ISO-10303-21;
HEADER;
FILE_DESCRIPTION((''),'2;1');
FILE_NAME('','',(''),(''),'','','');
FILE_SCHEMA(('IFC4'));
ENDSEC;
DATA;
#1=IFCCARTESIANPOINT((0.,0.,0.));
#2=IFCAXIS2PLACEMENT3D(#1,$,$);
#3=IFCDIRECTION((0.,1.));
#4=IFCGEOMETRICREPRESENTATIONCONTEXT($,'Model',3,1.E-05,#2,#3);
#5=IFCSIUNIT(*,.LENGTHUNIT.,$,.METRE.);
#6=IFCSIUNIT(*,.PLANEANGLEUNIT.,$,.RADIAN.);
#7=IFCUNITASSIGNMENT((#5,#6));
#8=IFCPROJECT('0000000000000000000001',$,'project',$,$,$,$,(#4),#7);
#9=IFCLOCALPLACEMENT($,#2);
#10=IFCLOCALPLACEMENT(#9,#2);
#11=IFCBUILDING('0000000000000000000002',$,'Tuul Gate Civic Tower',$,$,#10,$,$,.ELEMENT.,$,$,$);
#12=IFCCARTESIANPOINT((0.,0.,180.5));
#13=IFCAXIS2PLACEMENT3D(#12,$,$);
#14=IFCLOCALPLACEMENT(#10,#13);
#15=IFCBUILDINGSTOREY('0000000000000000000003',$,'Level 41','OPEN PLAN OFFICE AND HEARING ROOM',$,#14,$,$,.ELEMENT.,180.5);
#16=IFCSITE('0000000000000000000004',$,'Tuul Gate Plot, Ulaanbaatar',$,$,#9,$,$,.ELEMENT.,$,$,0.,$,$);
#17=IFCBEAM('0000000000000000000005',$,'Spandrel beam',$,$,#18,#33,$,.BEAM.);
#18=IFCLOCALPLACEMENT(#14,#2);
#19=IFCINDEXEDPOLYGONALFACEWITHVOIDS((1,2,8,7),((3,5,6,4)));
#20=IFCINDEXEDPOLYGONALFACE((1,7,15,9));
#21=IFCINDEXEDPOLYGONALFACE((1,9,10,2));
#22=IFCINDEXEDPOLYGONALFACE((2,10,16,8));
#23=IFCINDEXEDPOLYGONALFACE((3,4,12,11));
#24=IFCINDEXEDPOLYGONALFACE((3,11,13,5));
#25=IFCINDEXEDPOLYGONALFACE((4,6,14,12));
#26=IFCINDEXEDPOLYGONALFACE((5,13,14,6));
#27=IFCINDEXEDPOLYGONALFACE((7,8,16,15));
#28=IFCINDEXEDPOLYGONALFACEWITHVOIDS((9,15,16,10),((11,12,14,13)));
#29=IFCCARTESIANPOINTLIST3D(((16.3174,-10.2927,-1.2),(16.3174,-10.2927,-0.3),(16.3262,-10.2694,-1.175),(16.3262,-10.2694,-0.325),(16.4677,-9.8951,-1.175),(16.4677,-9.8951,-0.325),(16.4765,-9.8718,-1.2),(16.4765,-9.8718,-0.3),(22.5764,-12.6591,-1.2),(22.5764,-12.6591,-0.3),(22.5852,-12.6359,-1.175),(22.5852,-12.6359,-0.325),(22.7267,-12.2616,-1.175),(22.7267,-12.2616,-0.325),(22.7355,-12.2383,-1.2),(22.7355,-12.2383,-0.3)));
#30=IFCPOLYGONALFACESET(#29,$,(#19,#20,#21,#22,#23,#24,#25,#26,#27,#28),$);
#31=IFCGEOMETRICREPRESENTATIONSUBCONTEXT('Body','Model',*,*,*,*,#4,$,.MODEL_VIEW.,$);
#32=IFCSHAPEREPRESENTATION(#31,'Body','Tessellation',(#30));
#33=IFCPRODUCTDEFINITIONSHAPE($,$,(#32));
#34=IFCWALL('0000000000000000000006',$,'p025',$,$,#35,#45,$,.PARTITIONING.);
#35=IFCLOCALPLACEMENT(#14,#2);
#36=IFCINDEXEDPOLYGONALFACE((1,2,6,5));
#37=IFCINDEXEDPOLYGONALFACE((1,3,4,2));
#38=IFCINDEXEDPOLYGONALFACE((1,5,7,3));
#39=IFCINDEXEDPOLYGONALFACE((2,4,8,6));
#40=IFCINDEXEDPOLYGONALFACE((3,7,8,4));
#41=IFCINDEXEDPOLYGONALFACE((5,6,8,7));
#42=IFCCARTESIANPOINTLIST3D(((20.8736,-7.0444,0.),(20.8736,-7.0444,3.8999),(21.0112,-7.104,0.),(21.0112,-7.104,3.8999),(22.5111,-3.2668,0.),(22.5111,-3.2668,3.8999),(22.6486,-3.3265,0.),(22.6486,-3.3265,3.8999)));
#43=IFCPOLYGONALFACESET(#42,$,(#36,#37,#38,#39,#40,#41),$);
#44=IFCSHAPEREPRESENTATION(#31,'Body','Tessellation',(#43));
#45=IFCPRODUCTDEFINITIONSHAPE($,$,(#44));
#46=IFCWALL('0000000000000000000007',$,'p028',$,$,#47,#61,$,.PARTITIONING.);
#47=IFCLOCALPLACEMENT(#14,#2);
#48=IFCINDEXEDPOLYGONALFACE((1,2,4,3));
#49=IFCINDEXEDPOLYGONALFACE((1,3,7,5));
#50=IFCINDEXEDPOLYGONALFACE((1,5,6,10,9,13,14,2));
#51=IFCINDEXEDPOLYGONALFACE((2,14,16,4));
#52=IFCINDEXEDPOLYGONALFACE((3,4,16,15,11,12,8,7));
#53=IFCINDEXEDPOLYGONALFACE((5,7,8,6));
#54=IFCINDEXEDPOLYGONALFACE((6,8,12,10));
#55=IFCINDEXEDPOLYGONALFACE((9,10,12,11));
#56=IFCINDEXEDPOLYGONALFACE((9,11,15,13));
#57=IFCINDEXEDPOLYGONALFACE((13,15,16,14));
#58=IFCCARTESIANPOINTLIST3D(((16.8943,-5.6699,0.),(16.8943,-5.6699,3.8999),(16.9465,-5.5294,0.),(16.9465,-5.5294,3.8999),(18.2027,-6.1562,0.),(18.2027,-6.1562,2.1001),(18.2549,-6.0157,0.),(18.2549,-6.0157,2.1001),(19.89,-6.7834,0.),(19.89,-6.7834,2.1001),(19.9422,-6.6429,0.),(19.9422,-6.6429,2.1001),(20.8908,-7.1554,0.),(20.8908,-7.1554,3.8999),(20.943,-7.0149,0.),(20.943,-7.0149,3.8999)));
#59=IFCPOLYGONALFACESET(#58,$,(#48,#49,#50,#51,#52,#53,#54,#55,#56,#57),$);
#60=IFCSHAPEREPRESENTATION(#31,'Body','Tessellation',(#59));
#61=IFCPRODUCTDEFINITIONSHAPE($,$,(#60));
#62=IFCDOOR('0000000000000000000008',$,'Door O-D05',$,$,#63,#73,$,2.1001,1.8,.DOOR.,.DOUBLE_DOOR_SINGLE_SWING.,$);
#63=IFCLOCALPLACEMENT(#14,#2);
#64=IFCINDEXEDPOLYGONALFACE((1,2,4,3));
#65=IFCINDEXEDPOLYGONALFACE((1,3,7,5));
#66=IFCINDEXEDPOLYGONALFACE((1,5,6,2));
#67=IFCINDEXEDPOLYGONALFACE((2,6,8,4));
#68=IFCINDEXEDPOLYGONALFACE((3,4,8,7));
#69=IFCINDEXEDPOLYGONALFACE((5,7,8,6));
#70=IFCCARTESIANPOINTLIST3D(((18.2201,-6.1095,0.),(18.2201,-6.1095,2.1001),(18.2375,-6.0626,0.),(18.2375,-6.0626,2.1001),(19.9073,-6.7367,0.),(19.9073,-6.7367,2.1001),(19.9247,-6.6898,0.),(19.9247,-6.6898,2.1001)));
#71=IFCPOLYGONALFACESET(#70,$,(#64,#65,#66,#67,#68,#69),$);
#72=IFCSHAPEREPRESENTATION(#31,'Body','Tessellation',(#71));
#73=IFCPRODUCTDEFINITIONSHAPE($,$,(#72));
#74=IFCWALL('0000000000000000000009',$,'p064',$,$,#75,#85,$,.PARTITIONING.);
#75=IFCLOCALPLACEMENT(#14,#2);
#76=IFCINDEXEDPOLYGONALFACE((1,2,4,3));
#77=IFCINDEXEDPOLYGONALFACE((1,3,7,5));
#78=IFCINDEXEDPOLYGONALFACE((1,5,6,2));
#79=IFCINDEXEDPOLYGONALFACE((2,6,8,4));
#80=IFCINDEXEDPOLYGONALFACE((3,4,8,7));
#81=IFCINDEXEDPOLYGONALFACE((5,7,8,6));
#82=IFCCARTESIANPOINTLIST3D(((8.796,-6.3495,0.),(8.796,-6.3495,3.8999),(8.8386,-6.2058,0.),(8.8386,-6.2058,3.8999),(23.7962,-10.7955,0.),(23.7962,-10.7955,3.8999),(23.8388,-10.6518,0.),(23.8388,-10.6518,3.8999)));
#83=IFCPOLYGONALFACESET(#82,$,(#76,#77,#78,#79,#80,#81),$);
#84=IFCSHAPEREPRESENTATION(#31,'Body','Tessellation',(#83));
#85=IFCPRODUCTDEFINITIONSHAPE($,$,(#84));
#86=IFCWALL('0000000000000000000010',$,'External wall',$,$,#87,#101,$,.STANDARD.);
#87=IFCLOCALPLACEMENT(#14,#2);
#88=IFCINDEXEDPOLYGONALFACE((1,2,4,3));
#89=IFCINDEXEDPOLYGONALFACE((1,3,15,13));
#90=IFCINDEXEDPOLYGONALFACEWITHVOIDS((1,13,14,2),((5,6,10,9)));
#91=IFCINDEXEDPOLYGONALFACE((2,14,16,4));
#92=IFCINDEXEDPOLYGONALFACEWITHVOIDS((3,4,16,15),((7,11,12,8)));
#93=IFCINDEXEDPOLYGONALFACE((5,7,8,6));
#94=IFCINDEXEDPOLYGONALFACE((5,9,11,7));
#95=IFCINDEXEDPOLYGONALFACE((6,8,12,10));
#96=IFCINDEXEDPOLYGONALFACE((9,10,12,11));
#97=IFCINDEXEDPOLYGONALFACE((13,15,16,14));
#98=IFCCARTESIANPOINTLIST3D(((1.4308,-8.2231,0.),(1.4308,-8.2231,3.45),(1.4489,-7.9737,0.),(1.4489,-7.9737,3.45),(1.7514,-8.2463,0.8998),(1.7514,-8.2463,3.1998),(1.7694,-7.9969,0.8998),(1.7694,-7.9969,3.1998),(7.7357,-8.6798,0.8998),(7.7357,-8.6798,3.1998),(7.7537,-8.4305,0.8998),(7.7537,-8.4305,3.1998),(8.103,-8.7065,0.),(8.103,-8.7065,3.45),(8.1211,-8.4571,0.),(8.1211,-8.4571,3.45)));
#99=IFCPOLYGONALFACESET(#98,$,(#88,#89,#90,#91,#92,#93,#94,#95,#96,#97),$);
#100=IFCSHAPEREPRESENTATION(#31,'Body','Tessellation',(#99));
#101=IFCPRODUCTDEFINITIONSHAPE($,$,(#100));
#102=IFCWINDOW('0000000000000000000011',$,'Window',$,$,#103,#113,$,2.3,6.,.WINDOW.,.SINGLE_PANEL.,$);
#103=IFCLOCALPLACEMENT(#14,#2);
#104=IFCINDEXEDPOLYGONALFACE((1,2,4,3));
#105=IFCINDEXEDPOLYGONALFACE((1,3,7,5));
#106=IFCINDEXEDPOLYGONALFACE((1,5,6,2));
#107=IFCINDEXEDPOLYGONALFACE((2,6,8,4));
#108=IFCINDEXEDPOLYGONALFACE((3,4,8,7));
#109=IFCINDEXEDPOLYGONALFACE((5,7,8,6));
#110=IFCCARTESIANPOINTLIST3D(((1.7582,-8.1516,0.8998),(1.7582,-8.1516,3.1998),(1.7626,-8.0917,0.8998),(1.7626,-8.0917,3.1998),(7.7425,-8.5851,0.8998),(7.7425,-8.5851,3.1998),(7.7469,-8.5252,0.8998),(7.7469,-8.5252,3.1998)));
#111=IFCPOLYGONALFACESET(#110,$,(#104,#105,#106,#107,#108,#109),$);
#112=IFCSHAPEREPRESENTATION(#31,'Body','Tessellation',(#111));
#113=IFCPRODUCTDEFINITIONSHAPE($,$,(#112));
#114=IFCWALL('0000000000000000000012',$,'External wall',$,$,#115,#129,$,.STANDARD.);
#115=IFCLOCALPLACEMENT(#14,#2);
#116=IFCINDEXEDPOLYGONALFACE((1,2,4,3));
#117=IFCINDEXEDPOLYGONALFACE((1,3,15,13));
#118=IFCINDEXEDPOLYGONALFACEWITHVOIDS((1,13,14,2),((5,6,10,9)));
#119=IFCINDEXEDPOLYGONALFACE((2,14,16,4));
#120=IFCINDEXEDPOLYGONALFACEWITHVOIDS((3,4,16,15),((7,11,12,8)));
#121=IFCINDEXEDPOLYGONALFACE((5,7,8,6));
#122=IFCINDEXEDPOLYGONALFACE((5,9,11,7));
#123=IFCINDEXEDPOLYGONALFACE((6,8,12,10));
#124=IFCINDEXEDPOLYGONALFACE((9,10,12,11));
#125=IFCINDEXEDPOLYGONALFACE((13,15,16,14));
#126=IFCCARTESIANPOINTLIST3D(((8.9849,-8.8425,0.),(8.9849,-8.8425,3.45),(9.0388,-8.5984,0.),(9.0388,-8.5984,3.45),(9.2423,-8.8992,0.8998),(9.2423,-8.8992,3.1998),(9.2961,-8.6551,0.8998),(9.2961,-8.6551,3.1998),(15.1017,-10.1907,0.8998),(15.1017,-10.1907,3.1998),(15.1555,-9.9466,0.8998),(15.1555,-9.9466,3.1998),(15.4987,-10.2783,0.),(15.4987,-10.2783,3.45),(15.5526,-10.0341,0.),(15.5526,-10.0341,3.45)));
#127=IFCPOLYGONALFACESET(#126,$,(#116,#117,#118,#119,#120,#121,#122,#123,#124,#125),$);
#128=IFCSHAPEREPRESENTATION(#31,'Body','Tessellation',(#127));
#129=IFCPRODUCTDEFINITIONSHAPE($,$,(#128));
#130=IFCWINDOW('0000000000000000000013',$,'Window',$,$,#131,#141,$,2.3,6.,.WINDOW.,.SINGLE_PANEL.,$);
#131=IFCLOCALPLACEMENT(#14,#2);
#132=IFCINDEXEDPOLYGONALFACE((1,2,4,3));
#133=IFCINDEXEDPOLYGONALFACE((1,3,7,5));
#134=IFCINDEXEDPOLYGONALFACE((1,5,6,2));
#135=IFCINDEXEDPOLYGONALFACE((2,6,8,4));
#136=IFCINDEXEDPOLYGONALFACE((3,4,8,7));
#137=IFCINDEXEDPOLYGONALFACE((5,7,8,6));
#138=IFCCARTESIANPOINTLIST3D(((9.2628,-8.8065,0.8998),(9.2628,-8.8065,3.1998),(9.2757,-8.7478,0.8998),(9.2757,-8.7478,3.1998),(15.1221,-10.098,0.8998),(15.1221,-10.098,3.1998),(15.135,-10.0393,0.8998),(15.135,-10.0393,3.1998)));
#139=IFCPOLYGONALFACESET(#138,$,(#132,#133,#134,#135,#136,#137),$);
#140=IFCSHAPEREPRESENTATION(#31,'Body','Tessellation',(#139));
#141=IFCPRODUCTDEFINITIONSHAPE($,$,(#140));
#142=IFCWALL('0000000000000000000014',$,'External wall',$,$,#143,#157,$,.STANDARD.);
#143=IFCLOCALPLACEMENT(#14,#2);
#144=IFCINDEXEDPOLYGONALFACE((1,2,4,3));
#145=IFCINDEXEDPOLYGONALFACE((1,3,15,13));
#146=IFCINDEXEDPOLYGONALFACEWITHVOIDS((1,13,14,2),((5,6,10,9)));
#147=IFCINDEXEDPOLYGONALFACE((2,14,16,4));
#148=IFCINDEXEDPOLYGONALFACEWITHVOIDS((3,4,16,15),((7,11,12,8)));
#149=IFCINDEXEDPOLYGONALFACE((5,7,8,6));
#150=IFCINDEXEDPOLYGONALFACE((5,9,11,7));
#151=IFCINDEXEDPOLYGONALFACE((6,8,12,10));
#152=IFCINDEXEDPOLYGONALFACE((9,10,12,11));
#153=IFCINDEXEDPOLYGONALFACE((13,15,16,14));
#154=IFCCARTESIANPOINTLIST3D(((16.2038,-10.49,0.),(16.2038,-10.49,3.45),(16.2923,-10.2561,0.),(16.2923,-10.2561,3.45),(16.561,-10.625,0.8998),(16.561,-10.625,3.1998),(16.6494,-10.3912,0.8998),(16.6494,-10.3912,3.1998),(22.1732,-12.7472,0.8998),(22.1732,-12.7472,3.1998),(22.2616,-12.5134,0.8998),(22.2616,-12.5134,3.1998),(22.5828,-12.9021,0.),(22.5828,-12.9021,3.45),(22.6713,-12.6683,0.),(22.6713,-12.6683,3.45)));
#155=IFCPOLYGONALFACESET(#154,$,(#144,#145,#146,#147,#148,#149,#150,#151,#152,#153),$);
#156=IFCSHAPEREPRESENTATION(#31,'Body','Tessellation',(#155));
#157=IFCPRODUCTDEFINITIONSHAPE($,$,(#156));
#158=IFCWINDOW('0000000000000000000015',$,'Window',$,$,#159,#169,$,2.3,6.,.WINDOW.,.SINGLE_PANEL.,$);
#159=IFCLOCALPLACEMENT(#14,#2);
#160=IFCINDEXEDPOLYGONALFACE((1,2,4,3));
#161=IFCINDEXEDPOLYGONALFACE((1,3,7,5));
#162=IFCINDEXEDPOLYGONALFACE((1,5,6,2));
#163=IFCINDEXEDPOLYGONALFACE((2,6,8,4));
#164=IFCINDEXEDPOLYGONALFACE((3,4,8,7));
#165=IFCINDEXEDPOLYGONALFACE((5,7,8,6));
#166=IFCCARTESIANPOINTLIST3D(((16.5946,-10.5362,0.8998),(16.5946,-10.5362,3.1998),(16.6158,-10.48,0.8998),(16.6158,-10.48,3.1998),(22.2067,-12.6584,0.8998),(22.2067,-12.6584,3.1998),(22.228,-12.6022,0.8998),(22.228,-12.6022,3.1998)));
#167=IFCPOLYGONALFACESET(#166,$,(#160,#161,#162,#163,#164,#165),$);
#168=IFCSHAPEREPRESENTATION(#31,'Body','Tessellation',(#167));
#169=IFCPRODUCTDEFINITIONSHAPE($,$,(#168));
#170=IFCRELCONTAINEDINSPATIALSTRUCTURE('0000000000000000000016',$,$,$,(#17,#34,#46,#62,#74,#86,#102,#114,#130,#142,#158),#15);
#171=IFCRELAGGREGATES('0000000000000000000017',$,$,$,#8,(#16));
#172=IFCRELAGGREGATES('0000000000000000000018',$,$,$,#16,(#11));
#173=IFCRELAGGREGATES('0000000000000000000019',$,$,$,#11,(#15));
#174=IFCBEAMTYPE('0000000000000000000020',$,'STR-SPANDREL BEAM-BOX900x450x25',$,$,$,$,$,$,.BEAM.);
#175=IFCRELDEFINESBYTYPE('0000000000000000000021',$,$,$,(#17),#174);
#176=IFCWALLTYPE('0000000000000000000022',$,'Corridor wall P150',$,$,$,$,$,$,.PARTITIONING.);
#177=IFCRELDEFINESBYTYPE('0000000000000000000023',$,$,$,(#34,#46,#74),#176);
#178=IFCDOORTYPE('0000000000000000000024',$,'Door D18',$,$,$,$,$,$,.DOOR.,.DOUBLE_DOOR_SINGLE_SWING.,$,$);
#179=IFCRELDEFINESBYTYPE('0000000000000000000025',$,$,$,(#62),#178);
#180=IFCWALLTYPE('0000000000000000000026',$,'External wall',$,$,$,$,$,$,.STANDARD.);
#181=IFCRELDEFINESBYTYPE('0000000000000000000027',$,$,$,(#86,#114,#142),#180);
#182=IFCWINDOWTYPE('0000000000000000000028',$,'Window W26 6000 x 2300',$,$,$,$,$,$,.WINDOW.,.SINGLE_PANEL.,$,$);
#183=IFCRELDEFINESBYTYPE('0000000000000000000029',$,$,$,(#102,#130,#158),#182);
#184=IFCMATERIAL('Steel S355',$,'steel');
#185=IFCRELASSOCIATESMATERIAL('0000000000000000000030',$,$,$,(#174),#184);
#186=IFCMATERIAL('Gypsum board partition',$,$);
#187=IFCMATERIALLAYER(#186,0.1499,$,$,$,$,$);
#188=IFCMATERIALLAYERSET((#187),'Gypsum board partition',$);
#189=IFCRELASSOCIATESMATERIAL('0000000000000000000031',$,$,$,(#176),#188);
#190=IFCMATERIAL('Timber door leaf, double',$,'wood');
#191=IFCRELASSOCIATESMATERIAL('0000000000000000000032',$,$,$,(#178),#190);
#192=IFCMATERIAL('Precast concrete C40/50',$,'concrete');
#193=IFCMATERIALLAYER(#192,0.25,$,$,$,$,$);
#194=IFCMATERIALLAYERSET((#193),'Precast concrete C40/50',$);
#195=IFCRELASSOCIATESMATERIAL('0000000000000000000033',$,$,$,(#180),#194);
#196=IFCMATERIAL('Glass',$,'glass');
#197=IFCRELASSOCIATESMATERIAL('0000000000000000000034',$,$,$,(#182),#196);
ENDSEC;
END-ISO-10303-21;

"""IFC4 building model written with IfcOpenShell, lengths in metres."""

from ifc_helpers import new_model, si_unit, direction, frame, frame_2d, origin, origin_2d, place, context, subcontext, project, spatial, rectangle, hollow_rectangle, extrude, material, layer, layer_set, material_profile, profile_set, type_object, element, fill, save


model = new_model("IFC4")

# Units and contexts
model_context = context("Model", 3, precision=1e-05, world=origin(), true_north=direction((0.0, 1.0)))
body_context = subcontext(model_context, "Body", "Model", "MODEL_VIEW")
ifc_project = project(units=[si_unit("LENGTHUNIT", "METRE"), si_unit("PLANEANGLEUNIT", "RADIAN")], contexts=[model_context])

# Site, building, storey
site_placement = place(None, origin())
site = spatial("IfcSite", under=ifc_project, at=site_placement, Name="Tuul Gate Plot, Ulaanbaatar", CompositionType="ELEMENT", RefElevation=0.0)
building_placement = place(site_placement, origin())
building = spatial("IfcBuilding", under=site, at=building_placement, Name="Tuul Gate Civic Tower", CompositionType="ELEMENT")
storey_placement = place(building_placement, frame((0.0, 0.0, 180.5)))
storey = spatial("IfcBuildingStorey", under=building, at=storey_placement, Name="Level 41", Description="OPEN PLAN OFFICE AND HEARING ROOM", CompositionType="ELEMENT", Elevation=180.5)

# Beam
ifc_material_1 = material(Name="Steel S355", Category="steel")
ifc_material_profile_1 = material_profile(ifc_material_1, hollow_rectangle(XDim=0.45, YDim=0.8999, WallThickness=0.0249, at=origin_2d()), Name="BOX900x450x25")
ifc_profile_set_1 = profile_set([ifc_material_profile_1], Name="Steel S355")
beam_type_1 = type_object("IfcBeamType", Name="STR-SPANDREL BEAM-BOX900x450x25", PredefinedType="BEAM", material=ifc_profile_set_1)
beam_1_placement = place(storey_placement, frame((16.397, -10.0823, -0.75), z_axis=(0.935377, -0.353653, 0.0), x_axis=(0.353653, 0.935377, 0.0)))
element("IfcBeam", 1, at=beam_1_placement, inside=storey, type_object=beam_type_1, Name="Spandrel beam", PredefinedType="BEAM", context=body_context, shape_type="SweptSolid", body=[
    extrude(hollow_rectangle(XDim=0.45, YDim=0.8999, WallThickness=0.0249, at=origin_2d()), origin(), (0.0, 0.0, 1.0), 6.6914),
])

# Wall
ifc_material_2 = material(Name="Gypsum board partition")
ifc_layer_1 = layer(ifc_material_2, 0.1499)
ifc_layer_set_1 = layer_set([ifc_layer_1], Name="Gypsum board partition")
wall_type_1 = type_object("IfcWallType", Name="Corridor wall P150", PredefinedType="PARTITIONING", material=ifc_layer_set_1)
wall_1_placement = place(storey_placement, frame((20.9424, -7.0742, 0.0), z_axis=(0.0, 0.0, 1.0), x_axis=(0.397709, 0.917512, 0.0)))
element("IfcWall", 2, at=wall_1_placement, inside=storey, type_object=wall_type_1, Name="p025", PredefinedType="PARTITIONING", context=body_context, shape_type="SweptSolid", body=[
    extrude(rectangle(XDim=4.1172, YDim=0.1499, at=frame_2d((2.0586, 0.0))), origin(), (0.0, 0.0, 1.0), 3.8999),
])

# Wall, opening, door
wall_2_placement = place(storey_placement, frame((16.9204, -5.5996, 0.0), z_axis=(0.0, 0.0, 1.0), x_axis=(0.937337, -0.348424, 0.0)))
wall_2 = element("IfcWall", 3, at=wall_2_placement, inside=storey, type_object=wall_type_1, Name="p028", PredefinedType="PARTITIONING", context=body_context, shape_type="SweptSolid", body=[
    extrude(rectangle(XDim=4.2637, YDim=0.1499, at=frame_2d((2.1318, 0.0))), origin(), (0.0, 0.0, 1.0), 3.8999),
])
opening_1_placement = place(wall_2_placement, frame((1.396, 0.0, 0.0)))
opening_1 = element("IfcOpeningElement", 4, at=opening_1_placement, cuts=wall_2, PredefinedType="OPENING", context=body_context, shape_type="SweptSolid", body=[
    extrude(rectangle(XDim=1.8, YDim=2.1001, at=frame_2d((0.8999, 1.05))), frame((0.0, 0.085, 0.0), z_axis=(0.0, -1.0, 0.0), x_axis=(1.0, 0.0, 0.0)), (0.0, 0.0, 1.0), 0.1699),
])
ifc_material_3 = material(Name="Timber door leaf, double", Category="wood")
door_type = type_object("IfcDoorType", Name="Door D18", OperationType="DOUBLE_DOOR_SINGLE_SWING", PredefinedType="DOOR", material=ifc_material_3)
door_placement = place(opening_1_placement, origin())
door = element("IfcDoor", 5, at=door_placement, inside=storey, type_object=door_type, Name="Door O-D05", OperationType="DOUBLE_DOOR_SINGLE_SWING", OverallHeight=2.1001, OverallWidth=1.8, PredefinedType="DOOR", context=body_context, shape_type="SweptSolid", body=[
    extrude(rectangle(XDim=1.8, YDim=2.1001, at=frame_2d((0.8999, 1.05))), frame((0.0, 0.0249, 0.0), z_axis=(0.0, -1.0, 0.0), x_axis=(1.0, 0.0, 0.0)), (0.0, 0.0, 1.0), 0.05),
])
fill(opening_1, door)

# Wall
wall_3_placement = place(storey_placement, frame((8.8171, -6.2776, 0.0), z_axis=(0.0, 0.0, 1.0), x_axis=(0.958772, -0.284178, 0.0)))
element("IfcWall", 6, at=wall_3_placement, inside=storey, type_object=wall_type_1, Name="p064", PredefinedType="PARTITIONING", context=body_context, shape_type="SweptSolid", body=[
    extrude(rectangle(XDim=15.6453, YDim=0.1499, at=frame_2d((7.8228, 0.0))), origin(), (0.0, 0.0, 1.0), 3.8999),
])

# Walls, openings, windows
ifc_material_4 = material(Name="Precast concrete C40/50", Category="concrete")
ifc_layer_2 = layer(ifc_material_4, 0.25)
ifc_layer_set_2 = layer_set([ifc_layer_2], Name="Precast concrete C40/50")
wall_type_2 = type_object("IfcWallType", Name="External wall", PredefinedType="STANDARD", material=ifc_layer_set_2)
wall_4_placement = place(storey_placement, frame((1.4399, -8.0984, 0.0), z_axis=(0.0, 0.0, 1.0), x_axis=(0.997386, -0.072261, 0.0)))
wall_4 = element("IfcWall", 7, at=wall_4_placement, inside=storey, type_object=wall_type_2, Name="External wall", PredefinedType="STANDARD", context=body_context, shape_type="SweptSolid", body=[
    extrude(rectangle(XDim=6.6897, YDim=0.25, at=frame_2d((3.3447, 0.0))), origin(), (0.0, 0.0, 1.0), 3.45),
])
opening_2_placement = place(wall_4_placement, frame((0.3213, 0.0, 0.8999)))
opening_2 = element("IfcOpeningElement", 8, at=opening_2_placement, cuts=wall_4, PredefinedType="OPENING", context=body_context, shape_type="SweptSolid", body=[
    extrude(rectangle(XDim=6.0, YDim=2.3, at=frame_2d((3.0, 1.1499))), frame((0.0, 0.135, 0.0), z_axis=(0.0, -1.0, 0.0), x_axis=(1.0, 0.0, 0.0)), (0.0, 0.0, 1.0), 0.27),
])
ifc_material_5 = material(Name="Glass", Category="glass")
window_type = type_object("IfcWindowType", Name="Window W26 6000 x 2300", PartitioningType="SINGLE_PANEL", PredefinedType="WINDOW", material=ifc_material_5)
window_1_placement = place(opening_2_placement, origin())
window_1 = element("IfcWindow", 9, at=window_1_placement, inside=storey, type_object=window_type, Name="Window", OverallHeight=2.3, OverallWidth=6.0, PartitioningType="SINGLE_PANEL", PredefinedType="WINDOW", context=body_context, shape_type="SweptSolid", body=[
    extrude(rectangle(XDim=6.0, YDim=2.3, at=frame_2d((3.0, 1.1499))), frame((0.0, 0.03, 0.0), z_axis=(0.0, -1.0, 0.0), x_axis=(1.0, 0.0, 0.0)), (0.0, 0.0, 1.0), 0.0601),
])
fill(opening_2, window_1)
wall_5_placement = place(storey_placement, frame((9.012, -8.7205, 0.0), z_axis=(0.0, 0.0, 1.0), x_axis=(0.976559, -0.215252, 0.0)))
wall_5 = element("IfcWall", 10, at=wall_5_placement, inside=storey, type_object=wall_type_2, Name="External wall", PredefinedType="STANDARD", context=body_context, shape_type="SweptSolid", body=[
    extrude(rectangle(XDim=6.6702, YDim=0.25, at=frame_2d((3.335, 0.0))), origin(), (0.0, 0.0, 1.0), 3.45),
])
opening_3_placement = place(wall_5_placement, frame((0.2634, 0.0, 0.8999)))
opening_3 = element("IfcOpeningElement", 11, at=opening_3_placement, cuts=wall_5, PredefinedType="OPENING", context=body_context, shape_type="SweptSolid", body=[
    extrude(rectangle(XDim=6.0, YDim=2.3, at=frame_2d((3.0, 1.1499))), frame((0.0, 0.135, 0.0), z_axis=(0.0, -1.0, 0.0), x_axis=(1.0, 0.0, 0.0)), (0.0, 0.0, 1.0), 0.27),
])
window_2_placement = place(opening_3_placement, origin())
window_2 = element("IfcWindow", 12, at=window_2_placement, inside=storey, type_object=window_type, Name="Window", OverallHeight=2.3, OverallWidth=6.0, PartitioningType="SINGLE_PANEL", PredefinedType="WINDOW", context=body_context, shape_type="SweptSolid", body=[
    extrude(rectangle(XDim=6.0, YDim=2.3, at=frame_2d((3.0, 1.1499))), frame((0.0, 0.03, 0.0), z_axis=(0.0, -1.0, 0.0), x_axis=(1.0, 0.0, 0.0)), (0.0, 0.0, 1.0), 0.0601),
])
fill(opening_3, window_2)
wall_6_placement = place(storey_placement, frame((16.248, -10.373, 0.0), z_axis=(0.0, 0.0, 1.0), x_axis=(0.935361, -0.353696, 0.0)))
wall_6 = element("IfcWall", 13, at=wall_6_placement, inside=storey, type_object=wall_type_2, Name="External wall", PredefinedType="STANDARD", context=body_context, shape_type="SweptSolid", body=[
    extrude(rectangle(XDim=6.8198, YDim=0.25, at=frame_2d((3.4099, 0.0))), origin(), (0.0, 0.0, 1.0), 3.45),
])
opening_4_placement = place(wall_6_placement, frame((0.3818, 0.0, 0.8999)))
opening_4 = element("IfcOpeningElement", 14, at=opening_4_placement, cuts=wall_6, PredefinedType="OPENING", context=body_context, shape_type="SweptSolid", body=[
    extrude(rectangle(XDim=6.0, YDim=2.3, at=frame_2d((3.0, 1.1499))), frame((0.0, 0.135, 0.0), z_axis=(0.0, -1.0, 0.0), x_axis=(1.0, 0.0, 0.0)), (0.0, 0.0, 1.0), 0.27),
])
window_3_placement = place(opening_4_placement, origin())
window_3 = element("IfcWindow", 15, at=window_3_placement, inside=storey, type_object=window_type, Name="Window", OverallHeight=2.3, OverallWidth=6.0, PartitioningType="SINGLE_PANEL", PredefinedType="WINDOW", context=body_context, shape_type="SweptSolid", body=[
    extrude(rectangle(XDim=6.0, YDim=2.3, at=frame_2d((3.0, 1.1499))), frame((0.0, 0.03, 0.0), z_axis=(0.0, -1.0, 0.0), x_axis=(1.0, 0.0, 0.0)), (0.0, 0.0, 1.0), 0.0601),
])
fill(opening_4, window_3)

save(model, "model.ifc")
